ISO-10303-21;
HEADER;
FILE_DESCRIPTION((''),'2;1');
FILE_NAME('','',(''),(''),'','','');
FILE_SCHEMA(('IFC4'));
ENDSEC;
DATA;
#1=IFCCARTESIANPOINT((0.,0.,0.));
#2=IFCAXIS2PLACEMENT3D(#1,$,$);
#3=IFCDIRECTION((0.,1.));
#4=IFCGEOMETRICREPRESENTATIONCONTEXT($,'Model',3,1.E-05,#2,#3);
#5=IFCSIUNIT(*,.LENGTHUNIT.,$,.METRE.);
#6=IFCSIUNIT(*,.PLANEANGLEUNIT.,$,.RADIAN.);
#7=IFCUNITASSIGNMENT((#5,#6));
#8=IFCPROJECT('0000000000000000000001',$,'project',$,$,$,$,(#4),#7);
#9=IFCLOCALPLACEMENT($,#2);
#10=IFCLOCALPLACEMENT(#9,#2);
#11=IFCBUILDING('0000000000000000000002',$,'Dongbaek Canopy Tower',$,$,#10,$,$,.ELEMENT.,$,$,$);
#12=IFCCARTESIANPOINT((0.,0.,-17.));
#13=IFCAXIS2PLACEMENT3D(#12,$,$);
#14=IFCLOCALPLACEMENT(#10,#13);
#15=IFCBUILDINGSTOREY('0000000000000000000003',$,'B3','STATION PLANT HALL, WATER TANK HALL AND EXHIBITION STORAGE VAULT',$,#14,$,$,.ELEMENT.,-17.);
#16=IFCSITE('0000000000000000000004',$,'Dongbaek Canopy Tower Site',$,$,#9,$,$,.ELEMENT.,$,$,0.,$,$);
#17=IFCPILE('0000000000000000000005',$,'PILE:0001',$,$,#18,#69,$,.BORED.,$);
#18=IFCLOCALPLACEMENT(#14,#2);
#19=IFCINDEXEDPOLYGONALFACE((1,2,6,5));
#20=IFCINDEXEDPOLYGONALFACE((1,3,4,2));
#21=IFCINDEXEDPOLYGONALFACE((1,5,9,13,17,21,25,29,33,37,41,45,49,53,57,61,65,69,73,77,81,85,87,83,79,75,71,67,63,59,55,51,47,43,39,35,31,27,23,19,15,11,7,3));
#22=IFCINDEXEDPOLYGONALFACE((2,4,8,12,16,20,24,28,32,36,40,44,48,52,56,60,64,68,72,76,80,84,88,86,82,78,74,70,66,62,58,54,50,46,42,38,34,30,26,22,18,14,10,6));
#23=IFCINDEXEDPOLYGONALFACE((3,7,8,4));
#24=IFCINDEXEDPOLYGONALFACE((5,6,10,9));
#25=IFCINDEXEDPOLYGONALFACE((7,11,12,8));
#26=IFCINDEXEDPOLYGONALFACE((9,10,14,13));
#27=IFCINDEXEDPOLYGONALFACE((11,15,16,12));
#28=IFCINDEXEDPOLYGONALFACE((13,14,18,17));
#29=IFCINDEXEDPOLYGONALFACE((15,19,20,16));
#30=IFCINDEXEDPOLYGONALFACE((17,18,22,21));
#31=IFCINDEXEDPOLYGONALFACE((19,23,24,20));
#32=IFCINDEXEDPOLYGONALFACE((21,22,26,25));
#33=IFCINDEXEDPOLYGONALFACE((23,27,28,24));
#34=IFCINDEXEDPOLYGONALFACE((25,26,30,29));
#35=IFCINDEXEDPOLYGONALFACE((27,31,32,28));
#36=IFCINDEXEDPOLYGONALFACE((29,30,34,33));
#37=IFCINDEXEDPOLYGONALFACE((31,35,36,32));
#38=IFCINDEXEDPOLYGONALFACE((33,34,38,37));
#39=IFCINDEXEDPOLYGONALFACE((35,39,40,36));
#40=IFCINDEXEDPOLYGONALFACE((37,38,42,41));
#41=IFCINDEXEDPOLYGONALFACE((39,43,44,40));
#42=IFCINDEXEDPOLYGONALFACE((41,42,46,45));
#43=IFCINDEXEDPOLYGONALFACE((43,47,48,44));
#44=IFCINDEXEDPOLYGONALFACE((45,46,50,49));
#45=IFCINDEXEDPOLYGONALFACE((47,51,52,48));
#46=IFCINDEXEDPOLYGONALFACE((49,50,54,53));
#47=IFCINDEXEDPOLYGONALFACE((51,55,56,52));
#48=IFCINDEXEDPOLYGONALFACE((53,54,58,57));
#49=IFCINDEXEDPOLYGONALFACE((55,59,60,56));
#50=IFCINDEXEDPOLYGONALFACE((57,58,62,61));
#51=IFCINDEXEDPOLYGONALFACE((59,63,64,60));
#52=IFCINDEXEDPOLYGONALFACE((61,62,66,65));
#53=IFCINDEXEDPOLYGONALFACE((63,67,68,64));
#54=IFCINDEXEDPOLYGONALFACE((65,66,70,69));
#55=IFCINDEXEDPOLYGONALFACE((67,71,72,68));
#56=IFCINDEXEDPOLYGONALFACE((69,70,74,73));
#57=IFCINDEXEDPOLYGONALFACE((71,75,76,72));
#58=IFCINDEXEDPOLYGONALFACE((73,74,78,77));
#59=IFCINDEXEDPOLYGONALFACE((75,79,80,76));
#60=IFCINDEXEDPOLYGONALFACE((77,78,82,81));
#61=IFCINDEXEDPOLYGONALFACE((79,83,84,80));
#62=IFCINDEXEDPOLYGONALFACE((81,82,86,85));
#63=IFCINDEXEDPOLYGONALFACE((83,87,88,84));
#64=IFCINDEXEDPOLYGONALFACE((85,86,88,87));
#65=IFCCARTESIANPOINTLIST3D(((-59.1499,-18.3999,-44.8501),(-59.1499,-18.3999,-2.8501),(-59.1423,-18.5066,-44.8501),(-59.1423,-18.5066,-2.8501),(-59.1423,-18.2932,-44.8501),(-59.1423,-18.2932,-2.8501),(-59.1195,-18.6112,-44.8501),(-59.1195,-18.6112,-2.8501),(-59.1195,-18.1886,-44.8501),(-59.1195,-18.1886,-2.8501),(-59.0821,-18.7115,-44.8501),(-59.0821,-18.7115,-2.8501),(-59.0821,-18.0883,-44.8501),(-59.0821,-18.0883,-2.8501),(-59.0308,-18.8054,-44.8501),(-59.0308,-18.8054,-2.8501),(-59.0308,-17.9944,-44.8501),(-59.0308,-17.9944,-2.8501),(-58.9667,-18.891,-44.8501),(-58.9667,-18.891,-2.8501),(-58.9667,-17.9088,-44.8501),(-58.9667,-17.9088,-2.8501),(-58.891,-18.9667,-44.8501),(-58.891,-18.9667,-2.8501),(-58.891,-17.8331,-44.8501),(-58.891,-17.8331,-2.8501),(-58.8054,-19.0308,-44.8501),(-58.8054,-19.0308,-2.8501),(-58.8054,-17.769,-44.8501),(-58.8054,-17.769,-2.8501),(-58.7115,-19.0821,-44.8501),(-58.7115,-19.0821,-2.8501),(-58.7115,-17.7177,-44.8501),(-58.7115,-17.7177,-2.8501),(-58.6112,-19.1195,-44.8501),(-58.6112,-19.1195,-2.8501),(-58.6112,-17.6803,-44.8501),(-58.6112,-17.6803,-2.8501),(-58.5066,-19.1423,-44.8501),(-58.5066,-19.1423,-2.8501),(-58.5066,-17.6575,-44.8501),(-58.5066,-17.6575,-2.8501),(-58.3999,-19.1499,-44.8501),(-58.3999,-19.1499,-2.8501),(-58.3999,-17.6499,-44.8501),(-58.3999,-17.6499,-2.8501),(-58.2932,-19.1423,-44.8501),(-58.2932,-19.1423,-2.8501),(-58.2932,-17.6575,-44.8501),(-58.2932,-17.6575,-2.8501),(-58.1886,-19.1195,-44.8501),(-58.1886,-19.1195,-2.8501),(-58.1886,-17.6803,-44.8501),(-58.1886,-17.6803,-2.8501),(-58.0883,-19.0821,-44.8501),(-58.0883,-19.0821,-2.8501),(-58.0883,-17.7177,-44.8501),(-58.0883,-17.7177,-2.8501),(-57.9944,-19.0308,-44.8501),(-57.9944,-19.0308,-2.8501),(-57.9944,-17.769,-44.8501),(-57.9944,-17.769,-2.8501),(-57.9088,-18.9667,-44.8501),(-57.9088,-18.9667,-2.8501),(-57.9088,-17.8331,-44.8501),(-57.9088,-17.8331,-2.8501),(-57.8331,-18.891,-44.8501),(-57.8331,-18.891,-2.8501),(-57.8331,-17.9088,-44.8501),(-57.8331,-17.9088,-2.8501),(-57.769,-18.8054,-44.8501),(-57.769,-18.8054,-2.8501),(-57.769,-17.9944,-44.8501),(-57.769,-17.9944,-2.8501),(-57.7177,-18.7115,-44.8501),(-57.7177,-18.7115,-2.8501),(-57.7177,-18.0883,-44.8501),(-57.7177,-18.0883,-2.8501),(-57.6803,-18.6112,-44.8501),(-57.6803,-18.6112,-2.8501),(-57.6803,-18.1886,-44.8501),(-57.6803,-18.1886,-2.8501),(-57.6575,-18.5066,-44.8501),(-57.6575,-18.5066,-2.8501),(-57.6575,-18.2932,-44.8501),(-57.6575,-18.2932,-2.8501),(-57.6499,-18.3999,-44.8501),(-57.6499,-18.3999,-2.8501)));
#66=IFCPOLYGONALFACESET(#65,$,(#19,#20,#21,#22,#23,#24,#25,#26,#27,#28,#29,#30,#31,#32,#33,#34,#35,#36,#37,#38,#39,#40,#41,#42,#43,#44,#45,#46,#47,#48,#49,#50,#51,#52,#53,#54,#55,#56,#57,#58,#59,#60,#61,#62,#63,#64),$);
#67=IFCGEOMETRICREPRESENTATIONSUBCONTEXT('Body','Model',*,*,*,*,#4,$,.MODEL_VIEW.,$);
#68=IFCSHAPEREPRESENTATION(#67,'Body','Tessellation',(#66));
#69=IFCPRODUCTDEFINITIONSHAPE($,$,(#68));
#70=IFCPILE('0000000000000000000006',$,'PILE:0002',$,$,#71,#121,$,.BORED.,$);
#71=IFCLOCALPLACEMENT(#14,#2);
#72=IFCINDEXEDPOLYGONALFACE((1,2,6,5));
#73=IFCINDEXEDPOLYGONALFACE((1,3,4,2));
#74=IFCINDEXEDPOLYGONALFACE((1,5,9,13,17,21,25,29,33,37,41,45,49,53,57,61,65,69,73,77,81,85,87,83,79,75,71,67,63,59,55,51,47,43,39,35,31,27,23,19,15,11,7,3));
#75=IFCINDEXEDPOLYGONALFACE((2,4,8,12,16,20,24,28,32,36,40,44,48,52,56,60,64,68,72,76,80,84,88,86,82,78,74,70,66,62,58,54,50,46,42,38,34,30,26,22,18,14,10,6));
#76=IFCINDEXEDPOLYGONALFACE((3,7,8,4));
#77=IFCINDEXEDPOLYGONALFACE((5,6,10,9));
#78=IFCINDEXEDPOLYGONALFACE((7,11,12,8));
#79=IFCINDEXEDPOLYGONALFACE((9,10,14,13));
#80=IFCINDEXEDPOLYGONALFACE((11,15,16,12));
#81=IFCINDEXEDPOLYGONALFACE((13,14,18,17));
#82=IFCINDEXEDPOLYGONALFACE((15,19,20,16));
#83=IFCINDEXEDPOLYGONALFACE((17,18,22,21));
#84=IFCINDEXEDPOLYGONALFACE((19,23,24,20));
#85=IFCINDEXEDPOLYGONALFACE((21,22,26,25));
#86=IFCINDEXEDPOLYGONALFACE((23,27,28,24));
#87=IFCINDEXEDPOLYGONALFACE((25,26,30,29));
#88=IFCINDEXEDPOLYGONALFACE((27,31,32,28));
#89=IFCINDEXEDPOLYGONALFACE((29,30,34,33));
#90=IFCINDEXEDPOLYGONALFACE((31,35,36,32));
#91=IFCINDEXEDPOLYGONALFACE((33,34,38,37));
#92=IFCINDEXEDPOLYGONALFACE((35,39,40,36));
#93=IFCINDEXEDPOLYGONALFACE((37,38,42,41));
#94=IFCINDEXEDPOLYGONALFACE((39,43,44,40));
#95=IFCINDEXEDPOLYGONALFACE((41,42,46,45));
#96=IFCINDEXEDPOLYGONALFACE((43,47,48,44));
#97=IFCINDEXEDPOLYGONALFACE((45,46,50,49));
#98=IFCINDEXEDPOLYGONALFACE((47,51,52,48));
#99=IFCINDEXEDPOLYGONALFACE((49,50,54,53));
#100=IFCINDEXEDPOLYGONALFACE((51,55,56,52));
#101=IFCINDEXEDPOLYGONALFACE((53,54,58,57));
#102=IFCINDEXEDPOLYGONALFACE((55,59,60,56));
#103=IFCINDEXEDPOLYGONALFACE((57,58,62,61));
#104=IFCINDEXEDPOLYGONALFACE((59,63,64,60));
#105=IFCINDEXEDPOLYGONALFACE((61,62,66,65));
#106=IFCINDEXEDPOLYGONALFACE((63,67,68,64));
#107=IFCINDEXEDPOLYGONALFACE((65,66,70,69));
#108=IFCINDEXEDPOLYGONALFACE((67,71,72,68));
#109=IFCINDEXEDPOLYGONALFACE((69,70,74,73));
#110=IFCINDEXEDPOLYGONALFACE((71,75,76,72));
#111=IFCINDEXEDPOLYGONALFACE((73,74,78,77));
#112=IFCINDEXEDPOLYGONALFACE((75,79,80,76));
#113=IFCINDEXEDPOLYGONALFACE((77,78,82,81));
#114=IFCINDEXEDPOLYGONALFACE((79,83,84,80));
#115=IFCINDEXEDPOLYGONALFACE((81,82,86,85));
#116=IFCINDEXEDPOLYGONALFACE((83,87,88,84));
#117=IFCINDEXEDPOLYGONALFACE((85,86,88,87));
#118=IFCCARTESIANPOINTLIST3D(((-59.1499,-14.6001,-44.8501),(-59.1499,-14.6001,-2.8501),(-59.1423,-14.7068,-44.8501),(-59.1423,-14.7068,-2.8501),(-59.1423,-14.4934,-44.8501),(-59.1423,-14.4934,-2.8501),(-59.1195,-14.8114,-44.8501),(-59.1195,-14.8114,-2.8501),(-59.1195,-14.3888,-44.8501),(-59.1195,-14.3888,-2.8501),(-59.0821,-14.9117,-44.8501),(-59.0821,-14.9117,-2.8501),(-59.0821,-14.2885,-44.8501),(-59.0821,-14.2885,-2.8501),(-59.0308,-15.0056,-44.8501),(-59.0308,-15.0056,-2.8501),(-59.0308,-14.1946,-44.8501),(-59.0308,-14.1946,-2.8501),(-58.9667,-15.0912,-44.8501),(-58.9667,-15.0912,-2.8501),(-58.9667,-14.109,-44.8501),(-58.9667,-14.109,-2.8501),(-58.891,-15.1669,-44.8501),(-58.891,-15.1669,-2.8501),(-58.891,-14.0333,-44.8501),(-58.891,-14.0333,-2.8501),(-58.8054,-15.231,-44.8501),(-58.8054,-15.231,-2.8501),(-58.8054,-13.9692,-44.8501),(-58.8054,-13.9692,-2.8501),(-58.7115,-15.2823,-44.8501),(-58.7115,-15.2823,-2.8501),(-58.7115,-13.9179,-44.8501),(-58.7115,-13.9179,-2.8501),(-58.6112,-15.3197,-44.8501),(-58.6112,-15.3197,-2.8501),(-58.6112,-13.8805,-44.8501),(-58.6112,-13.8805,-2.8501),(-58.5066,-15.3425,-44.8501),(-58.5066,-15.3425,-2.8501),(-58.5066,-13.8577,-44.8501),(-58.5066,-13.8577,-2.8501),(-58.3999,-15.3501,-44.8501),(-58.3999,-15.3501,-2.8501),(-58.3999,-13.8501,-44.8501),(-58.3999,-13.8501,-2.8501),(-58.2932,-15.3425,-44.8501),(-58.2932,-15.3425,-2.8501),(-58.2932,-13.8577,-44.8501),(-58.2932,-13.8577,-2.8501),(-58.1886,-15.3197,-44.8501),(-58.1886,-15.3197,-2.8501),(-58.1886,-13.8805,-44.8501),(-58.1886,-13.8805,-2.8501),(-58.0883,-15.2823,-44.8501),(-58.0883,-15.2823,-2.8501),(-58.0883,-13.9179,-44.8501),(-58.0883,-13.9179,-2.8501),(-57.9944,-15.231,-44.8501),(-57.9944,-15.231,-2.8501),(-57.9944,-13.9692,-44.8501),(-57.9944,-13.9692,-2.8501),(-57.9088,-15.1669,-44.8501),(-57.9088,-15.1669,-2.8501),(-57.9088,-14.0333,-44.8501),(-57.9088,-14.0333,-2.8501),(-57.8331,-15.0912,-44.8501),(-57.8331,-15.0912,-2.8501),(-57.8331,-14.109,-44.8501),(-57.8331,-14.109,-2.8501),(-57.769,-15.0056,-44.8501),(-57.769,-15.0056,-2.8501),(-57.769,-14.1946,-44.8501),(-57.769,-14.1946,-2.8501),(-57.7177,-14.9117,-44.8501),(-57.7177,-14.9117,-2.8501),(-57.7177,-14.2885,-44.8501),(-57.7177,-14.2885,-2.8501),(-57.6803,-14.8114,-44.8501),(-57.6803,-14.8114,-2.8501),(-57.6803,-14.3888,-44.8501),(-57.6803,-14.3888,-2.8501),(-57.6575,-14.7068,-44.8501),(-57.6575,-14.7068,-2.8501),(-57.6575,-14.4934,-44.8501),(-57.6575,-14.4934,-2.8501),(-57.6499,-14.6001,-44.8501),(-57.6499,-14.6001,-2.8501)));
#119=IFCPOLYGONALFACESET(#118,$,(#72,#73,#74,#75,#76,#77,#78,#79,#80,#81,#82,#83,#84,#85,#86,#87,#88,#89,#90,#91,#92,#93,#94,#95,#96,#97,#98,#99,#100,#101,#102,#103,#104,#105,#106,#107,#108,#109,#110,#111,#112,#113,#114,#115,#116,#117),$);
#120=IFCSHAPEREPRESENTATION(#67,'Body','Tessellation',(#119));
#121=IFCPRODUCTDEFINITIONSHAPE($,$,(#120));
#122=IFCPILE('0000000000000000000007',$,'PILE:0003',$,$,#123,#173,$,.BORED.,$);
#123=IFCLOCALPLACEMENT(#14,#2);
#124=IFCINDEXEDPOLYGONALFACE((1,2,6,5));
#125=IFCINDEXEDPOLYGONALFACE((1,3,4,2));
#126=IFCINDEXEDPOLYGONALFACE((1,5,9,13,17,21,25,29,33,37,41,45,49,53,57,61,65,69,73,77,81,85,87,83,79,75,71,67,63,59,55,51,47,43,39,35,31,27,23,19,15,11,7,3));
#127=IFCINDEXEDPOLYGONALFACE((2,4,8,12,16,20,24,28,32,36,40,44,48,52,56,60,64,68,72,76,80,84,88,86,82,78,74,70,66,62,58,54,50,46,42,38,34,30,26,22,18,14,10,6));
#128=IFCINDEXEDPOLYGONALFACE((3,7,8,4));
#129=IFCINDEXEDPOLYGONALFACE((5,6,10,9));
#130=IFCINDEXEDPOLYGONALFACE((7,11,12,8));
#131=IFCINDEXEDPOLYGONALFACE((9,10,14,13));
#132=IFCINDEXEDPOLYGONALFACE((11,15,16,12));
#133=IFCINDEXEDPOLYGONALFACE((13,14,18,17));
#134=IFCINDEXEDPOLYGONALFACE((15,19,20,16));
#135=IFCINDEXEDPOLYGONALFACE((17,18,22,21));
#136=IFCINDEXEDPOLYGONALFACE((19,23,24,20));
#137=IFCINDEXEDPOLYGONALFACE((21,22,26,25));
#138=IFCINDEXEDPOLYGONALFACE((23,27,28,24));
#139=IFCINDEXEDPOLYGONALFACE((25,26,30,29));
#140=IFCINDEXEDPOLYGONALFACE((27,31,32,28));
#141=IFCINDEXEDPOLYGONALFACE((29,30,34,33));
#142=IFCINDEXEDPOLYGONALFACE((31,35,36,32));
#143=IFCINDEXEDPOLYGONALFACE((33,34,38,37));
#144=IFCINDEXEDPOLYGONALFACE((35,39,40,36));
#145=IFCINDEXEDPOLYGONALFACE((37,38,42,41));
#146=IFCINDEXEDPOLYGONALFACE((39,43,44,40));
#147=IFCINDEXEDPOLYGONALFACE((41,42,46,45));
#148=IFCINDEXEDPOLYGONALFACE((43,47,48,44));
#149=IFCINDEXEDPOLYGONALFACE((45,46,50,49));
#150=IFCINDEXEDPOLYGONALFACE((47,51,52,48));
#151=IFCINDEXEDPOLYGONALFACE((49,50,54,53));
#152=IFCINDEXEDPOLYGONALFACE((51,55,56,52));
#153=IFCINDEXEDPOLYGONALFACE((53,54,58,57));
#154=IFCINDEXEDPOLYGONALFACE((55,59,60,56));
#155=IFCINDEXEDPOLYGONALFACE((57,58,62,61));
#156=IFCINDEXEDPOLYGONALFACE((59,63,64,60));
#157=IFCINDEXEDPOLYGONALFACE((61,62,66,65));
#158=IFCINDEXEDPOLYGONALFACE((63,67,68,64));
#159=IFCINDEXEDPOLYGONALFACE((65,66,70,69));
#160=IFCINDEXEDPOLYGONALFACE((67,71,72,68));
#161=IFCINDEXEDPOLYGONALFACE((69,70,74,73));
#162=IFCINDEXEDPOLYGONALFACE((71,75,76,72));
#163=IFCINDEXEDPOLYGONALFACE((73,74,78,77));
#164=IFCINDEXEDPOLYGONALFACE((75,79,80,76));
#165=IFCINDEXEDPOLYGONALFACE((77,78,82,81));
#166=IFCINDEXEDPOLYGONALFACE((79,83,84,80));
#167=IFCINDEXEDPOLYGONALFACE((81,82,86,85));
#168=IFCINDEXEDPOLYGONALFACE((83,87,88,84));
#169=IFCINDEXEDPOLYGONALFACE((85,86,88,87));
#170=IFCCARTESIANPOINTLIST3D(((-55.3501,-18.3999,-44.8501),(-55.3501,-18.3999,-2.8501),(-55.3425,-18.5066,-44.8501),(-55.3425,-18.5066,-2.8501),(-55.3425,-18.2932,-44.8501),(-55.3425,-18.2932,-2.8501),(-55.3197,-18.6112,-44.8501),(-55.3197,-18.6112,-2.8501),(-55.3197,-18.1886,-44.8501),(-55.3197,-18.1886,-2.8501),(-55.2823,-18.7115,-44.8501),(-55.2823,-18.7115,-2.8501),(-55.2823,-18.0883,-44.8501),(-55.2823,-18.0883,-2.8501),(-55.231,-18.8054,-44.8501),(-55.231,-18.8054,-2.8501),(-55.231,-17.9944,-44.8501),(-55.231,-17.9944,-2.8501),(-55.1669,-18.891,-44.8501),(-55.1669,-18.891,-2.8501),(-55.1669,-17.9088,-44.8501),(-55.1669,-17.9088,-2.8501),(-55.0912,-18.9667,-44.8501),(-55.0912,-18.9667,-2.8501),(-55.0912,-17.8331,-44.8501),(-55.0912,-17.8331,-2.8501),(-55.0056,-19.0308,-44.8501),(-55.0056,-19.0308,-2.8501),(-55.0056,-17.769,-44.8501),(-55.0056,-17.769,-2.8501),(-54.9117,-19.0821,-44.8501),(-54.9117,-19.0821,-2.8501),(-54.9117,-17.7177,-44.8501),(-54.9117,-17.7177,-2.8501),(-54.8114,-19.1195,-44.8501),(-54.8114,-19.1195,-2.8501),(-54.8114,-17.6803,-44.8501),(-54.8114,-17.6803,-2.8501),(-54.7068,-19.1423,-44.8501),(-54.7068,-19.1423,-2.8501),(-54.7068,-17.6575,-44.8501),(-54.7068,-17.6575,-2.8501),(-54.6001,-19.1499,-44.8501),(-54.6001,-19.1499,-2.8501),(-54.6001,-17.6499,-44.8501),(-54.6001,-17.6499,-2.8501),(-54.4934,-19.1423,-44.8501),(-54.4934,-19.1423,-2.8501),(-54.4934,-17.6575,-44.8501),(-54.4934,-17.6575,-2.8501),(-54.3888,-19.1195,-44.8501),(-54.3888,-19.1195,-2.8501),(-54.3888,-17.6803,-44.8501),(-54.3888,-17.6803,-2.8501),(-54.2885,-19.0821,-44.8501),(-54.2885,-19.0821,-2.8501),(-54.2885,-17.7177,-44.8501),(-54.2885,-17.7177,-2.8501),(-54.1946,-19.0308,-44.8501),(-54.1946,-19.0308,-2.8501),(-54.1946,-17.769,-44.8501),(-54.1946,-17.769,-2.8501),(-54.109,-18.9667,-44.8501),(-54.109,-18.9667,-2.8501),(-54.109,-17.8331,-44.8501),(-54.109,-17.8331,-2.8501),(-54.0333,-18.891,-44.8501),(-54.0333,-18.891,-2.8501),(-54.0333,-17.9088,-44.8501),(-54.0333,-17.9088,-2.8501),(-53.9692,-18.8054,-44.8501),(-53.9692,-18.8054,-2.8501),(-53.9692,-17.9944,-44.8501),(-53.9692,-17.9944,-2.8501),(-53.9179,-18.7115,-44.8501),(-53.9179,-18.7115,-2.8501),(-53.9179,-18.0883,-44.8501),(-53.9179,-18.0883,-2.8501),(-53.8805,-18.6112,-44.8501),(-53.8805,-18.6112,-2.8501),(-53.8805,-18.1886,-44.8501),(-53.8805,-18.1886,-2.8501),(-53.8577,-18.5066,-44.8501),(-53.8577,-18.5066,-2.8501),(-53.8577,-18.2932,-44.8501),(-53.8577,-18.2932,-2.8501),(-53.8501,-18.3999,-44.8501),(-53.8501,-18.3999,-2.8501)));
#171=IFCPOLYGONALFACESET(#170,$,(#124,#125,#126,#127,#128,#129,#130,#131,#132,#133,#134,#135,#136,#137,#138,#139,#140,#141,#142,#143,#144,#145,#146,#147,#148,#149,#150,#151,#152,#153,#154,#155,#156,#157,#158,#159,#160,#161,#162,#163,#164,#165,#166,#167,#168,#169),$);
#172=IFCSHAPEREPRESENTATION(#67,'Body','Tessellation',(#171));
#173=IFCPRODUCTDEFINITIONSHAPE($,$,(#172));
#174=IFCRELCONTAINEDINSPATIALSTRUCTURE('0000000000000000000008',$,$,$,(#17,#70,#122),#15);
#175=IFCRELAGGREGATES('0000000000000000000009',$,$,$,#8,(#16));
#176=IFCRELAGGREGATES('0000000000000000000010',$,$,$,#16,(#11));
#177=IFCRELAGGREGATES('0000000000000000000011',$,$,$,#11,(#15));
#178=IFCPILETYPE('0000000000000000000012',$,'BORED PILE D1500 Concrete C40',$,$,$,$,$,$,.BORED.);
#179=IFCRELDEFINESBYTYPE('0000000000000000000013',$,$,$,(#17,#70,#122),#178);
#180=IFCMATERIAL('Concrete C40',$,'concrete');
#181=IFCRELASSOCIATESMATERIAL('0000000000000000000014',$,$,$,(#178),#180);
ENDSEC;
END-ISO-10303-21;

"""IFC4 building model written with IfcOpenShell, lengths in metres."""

from ifc_helpers import new_model, si_unit, direction, frame, origin, origin_2d, place, context, subcontext, project, spatial, circle, extrude, material, material_profile, profile_set, type_object, element, save


model = new_model("IFC4")

# Units and contexts
model_context = context("Model", 3, precision=1e-05, world=origin(), true_north=direction((0.0, 1.0)))
body_context = subcontext(model_context, "Body", "Model", "MODEL_VIEW")
ifc_project = project(units=[si_unit("LENGTHUNIT", "METRE"), si_unit("PLANEANGLEUNIT", "RADIAN")], contexts=[model_context])

# Site, building, storey
site_placement = place(None, origin())
site = spatial("IfcSite", under=ifc_project, at=site_placement, Name="Dongbaek Canopy Tower Site", CompositionType="ELEMENT", RefElevation=0.0)
building_placement = place(site_placement, origin())
building = spatial("IfcBuilding", under=site, at=building_placement, Name="Dongbaek Canopy Tower", CompositionType="ELEMENT")
storey_placement = place(building_placement, frame((0.0, 0.0, -17.0)))
storey = spatial("IfcBuildingStorey", under=building, at=storey_placement, Name="B3", Description="STATION PLANT HALL, WATER TANK HALL AND EXHIBITION STORAGE VAULT", CompositionType="ELEMENT", Elevation=-17.0)

# Piles
ifc_material_1 = material(Name="Concrete C40", Category="concrete")
ifc_material_profile_1 = material_profile(ifc_material_1, circle(Radius=0.75, at=origin_2d()), Name="BORED PILE D1500 Concrete C40")
ifc_profile_set_1 = profile_set([ifc_material_profile_1], Name="Concrete C40")
pile_type = type_object("IfcPileType", Name="BORED PILE D1500 Concrete C40", PredefinedType="BORED", material=ifc_profile_set_1)
for number, where, z_axis, x_axis, name in (
    (1, (-58.3999, -18.3999, -2.8501), (0.0, 0.0, -1.0), (1.0, 0.0, 0.0), "PILE:0001"),
    (2, (-58.3999, -14.6001, -2.8501), (0.0, 0.0, -1.0), (1.0, 0.0, 0.0), "PILE:0002"),
    (3, (-54.6001, -18.3999, -2.8501), (0.0, 0.0, -1.0), (1.0, 0.0, 0.0), "PILE:0003"),
):
    element("IfcPile", number, at=place(storey_placement, frame(where, z_axis=z_axis, x_axis=x_axis)), inside=storey, type_object=pile_type, Name=name, PredefinedType="BORED", context=body_context, shape_type="SweptSolid", body=[
        extrude(circle(Radius=0.75, at=origin_2d()), origin(), (0.0, 0.0, 1.0), 42.0),
    ])

save(model, "model.ifc")
